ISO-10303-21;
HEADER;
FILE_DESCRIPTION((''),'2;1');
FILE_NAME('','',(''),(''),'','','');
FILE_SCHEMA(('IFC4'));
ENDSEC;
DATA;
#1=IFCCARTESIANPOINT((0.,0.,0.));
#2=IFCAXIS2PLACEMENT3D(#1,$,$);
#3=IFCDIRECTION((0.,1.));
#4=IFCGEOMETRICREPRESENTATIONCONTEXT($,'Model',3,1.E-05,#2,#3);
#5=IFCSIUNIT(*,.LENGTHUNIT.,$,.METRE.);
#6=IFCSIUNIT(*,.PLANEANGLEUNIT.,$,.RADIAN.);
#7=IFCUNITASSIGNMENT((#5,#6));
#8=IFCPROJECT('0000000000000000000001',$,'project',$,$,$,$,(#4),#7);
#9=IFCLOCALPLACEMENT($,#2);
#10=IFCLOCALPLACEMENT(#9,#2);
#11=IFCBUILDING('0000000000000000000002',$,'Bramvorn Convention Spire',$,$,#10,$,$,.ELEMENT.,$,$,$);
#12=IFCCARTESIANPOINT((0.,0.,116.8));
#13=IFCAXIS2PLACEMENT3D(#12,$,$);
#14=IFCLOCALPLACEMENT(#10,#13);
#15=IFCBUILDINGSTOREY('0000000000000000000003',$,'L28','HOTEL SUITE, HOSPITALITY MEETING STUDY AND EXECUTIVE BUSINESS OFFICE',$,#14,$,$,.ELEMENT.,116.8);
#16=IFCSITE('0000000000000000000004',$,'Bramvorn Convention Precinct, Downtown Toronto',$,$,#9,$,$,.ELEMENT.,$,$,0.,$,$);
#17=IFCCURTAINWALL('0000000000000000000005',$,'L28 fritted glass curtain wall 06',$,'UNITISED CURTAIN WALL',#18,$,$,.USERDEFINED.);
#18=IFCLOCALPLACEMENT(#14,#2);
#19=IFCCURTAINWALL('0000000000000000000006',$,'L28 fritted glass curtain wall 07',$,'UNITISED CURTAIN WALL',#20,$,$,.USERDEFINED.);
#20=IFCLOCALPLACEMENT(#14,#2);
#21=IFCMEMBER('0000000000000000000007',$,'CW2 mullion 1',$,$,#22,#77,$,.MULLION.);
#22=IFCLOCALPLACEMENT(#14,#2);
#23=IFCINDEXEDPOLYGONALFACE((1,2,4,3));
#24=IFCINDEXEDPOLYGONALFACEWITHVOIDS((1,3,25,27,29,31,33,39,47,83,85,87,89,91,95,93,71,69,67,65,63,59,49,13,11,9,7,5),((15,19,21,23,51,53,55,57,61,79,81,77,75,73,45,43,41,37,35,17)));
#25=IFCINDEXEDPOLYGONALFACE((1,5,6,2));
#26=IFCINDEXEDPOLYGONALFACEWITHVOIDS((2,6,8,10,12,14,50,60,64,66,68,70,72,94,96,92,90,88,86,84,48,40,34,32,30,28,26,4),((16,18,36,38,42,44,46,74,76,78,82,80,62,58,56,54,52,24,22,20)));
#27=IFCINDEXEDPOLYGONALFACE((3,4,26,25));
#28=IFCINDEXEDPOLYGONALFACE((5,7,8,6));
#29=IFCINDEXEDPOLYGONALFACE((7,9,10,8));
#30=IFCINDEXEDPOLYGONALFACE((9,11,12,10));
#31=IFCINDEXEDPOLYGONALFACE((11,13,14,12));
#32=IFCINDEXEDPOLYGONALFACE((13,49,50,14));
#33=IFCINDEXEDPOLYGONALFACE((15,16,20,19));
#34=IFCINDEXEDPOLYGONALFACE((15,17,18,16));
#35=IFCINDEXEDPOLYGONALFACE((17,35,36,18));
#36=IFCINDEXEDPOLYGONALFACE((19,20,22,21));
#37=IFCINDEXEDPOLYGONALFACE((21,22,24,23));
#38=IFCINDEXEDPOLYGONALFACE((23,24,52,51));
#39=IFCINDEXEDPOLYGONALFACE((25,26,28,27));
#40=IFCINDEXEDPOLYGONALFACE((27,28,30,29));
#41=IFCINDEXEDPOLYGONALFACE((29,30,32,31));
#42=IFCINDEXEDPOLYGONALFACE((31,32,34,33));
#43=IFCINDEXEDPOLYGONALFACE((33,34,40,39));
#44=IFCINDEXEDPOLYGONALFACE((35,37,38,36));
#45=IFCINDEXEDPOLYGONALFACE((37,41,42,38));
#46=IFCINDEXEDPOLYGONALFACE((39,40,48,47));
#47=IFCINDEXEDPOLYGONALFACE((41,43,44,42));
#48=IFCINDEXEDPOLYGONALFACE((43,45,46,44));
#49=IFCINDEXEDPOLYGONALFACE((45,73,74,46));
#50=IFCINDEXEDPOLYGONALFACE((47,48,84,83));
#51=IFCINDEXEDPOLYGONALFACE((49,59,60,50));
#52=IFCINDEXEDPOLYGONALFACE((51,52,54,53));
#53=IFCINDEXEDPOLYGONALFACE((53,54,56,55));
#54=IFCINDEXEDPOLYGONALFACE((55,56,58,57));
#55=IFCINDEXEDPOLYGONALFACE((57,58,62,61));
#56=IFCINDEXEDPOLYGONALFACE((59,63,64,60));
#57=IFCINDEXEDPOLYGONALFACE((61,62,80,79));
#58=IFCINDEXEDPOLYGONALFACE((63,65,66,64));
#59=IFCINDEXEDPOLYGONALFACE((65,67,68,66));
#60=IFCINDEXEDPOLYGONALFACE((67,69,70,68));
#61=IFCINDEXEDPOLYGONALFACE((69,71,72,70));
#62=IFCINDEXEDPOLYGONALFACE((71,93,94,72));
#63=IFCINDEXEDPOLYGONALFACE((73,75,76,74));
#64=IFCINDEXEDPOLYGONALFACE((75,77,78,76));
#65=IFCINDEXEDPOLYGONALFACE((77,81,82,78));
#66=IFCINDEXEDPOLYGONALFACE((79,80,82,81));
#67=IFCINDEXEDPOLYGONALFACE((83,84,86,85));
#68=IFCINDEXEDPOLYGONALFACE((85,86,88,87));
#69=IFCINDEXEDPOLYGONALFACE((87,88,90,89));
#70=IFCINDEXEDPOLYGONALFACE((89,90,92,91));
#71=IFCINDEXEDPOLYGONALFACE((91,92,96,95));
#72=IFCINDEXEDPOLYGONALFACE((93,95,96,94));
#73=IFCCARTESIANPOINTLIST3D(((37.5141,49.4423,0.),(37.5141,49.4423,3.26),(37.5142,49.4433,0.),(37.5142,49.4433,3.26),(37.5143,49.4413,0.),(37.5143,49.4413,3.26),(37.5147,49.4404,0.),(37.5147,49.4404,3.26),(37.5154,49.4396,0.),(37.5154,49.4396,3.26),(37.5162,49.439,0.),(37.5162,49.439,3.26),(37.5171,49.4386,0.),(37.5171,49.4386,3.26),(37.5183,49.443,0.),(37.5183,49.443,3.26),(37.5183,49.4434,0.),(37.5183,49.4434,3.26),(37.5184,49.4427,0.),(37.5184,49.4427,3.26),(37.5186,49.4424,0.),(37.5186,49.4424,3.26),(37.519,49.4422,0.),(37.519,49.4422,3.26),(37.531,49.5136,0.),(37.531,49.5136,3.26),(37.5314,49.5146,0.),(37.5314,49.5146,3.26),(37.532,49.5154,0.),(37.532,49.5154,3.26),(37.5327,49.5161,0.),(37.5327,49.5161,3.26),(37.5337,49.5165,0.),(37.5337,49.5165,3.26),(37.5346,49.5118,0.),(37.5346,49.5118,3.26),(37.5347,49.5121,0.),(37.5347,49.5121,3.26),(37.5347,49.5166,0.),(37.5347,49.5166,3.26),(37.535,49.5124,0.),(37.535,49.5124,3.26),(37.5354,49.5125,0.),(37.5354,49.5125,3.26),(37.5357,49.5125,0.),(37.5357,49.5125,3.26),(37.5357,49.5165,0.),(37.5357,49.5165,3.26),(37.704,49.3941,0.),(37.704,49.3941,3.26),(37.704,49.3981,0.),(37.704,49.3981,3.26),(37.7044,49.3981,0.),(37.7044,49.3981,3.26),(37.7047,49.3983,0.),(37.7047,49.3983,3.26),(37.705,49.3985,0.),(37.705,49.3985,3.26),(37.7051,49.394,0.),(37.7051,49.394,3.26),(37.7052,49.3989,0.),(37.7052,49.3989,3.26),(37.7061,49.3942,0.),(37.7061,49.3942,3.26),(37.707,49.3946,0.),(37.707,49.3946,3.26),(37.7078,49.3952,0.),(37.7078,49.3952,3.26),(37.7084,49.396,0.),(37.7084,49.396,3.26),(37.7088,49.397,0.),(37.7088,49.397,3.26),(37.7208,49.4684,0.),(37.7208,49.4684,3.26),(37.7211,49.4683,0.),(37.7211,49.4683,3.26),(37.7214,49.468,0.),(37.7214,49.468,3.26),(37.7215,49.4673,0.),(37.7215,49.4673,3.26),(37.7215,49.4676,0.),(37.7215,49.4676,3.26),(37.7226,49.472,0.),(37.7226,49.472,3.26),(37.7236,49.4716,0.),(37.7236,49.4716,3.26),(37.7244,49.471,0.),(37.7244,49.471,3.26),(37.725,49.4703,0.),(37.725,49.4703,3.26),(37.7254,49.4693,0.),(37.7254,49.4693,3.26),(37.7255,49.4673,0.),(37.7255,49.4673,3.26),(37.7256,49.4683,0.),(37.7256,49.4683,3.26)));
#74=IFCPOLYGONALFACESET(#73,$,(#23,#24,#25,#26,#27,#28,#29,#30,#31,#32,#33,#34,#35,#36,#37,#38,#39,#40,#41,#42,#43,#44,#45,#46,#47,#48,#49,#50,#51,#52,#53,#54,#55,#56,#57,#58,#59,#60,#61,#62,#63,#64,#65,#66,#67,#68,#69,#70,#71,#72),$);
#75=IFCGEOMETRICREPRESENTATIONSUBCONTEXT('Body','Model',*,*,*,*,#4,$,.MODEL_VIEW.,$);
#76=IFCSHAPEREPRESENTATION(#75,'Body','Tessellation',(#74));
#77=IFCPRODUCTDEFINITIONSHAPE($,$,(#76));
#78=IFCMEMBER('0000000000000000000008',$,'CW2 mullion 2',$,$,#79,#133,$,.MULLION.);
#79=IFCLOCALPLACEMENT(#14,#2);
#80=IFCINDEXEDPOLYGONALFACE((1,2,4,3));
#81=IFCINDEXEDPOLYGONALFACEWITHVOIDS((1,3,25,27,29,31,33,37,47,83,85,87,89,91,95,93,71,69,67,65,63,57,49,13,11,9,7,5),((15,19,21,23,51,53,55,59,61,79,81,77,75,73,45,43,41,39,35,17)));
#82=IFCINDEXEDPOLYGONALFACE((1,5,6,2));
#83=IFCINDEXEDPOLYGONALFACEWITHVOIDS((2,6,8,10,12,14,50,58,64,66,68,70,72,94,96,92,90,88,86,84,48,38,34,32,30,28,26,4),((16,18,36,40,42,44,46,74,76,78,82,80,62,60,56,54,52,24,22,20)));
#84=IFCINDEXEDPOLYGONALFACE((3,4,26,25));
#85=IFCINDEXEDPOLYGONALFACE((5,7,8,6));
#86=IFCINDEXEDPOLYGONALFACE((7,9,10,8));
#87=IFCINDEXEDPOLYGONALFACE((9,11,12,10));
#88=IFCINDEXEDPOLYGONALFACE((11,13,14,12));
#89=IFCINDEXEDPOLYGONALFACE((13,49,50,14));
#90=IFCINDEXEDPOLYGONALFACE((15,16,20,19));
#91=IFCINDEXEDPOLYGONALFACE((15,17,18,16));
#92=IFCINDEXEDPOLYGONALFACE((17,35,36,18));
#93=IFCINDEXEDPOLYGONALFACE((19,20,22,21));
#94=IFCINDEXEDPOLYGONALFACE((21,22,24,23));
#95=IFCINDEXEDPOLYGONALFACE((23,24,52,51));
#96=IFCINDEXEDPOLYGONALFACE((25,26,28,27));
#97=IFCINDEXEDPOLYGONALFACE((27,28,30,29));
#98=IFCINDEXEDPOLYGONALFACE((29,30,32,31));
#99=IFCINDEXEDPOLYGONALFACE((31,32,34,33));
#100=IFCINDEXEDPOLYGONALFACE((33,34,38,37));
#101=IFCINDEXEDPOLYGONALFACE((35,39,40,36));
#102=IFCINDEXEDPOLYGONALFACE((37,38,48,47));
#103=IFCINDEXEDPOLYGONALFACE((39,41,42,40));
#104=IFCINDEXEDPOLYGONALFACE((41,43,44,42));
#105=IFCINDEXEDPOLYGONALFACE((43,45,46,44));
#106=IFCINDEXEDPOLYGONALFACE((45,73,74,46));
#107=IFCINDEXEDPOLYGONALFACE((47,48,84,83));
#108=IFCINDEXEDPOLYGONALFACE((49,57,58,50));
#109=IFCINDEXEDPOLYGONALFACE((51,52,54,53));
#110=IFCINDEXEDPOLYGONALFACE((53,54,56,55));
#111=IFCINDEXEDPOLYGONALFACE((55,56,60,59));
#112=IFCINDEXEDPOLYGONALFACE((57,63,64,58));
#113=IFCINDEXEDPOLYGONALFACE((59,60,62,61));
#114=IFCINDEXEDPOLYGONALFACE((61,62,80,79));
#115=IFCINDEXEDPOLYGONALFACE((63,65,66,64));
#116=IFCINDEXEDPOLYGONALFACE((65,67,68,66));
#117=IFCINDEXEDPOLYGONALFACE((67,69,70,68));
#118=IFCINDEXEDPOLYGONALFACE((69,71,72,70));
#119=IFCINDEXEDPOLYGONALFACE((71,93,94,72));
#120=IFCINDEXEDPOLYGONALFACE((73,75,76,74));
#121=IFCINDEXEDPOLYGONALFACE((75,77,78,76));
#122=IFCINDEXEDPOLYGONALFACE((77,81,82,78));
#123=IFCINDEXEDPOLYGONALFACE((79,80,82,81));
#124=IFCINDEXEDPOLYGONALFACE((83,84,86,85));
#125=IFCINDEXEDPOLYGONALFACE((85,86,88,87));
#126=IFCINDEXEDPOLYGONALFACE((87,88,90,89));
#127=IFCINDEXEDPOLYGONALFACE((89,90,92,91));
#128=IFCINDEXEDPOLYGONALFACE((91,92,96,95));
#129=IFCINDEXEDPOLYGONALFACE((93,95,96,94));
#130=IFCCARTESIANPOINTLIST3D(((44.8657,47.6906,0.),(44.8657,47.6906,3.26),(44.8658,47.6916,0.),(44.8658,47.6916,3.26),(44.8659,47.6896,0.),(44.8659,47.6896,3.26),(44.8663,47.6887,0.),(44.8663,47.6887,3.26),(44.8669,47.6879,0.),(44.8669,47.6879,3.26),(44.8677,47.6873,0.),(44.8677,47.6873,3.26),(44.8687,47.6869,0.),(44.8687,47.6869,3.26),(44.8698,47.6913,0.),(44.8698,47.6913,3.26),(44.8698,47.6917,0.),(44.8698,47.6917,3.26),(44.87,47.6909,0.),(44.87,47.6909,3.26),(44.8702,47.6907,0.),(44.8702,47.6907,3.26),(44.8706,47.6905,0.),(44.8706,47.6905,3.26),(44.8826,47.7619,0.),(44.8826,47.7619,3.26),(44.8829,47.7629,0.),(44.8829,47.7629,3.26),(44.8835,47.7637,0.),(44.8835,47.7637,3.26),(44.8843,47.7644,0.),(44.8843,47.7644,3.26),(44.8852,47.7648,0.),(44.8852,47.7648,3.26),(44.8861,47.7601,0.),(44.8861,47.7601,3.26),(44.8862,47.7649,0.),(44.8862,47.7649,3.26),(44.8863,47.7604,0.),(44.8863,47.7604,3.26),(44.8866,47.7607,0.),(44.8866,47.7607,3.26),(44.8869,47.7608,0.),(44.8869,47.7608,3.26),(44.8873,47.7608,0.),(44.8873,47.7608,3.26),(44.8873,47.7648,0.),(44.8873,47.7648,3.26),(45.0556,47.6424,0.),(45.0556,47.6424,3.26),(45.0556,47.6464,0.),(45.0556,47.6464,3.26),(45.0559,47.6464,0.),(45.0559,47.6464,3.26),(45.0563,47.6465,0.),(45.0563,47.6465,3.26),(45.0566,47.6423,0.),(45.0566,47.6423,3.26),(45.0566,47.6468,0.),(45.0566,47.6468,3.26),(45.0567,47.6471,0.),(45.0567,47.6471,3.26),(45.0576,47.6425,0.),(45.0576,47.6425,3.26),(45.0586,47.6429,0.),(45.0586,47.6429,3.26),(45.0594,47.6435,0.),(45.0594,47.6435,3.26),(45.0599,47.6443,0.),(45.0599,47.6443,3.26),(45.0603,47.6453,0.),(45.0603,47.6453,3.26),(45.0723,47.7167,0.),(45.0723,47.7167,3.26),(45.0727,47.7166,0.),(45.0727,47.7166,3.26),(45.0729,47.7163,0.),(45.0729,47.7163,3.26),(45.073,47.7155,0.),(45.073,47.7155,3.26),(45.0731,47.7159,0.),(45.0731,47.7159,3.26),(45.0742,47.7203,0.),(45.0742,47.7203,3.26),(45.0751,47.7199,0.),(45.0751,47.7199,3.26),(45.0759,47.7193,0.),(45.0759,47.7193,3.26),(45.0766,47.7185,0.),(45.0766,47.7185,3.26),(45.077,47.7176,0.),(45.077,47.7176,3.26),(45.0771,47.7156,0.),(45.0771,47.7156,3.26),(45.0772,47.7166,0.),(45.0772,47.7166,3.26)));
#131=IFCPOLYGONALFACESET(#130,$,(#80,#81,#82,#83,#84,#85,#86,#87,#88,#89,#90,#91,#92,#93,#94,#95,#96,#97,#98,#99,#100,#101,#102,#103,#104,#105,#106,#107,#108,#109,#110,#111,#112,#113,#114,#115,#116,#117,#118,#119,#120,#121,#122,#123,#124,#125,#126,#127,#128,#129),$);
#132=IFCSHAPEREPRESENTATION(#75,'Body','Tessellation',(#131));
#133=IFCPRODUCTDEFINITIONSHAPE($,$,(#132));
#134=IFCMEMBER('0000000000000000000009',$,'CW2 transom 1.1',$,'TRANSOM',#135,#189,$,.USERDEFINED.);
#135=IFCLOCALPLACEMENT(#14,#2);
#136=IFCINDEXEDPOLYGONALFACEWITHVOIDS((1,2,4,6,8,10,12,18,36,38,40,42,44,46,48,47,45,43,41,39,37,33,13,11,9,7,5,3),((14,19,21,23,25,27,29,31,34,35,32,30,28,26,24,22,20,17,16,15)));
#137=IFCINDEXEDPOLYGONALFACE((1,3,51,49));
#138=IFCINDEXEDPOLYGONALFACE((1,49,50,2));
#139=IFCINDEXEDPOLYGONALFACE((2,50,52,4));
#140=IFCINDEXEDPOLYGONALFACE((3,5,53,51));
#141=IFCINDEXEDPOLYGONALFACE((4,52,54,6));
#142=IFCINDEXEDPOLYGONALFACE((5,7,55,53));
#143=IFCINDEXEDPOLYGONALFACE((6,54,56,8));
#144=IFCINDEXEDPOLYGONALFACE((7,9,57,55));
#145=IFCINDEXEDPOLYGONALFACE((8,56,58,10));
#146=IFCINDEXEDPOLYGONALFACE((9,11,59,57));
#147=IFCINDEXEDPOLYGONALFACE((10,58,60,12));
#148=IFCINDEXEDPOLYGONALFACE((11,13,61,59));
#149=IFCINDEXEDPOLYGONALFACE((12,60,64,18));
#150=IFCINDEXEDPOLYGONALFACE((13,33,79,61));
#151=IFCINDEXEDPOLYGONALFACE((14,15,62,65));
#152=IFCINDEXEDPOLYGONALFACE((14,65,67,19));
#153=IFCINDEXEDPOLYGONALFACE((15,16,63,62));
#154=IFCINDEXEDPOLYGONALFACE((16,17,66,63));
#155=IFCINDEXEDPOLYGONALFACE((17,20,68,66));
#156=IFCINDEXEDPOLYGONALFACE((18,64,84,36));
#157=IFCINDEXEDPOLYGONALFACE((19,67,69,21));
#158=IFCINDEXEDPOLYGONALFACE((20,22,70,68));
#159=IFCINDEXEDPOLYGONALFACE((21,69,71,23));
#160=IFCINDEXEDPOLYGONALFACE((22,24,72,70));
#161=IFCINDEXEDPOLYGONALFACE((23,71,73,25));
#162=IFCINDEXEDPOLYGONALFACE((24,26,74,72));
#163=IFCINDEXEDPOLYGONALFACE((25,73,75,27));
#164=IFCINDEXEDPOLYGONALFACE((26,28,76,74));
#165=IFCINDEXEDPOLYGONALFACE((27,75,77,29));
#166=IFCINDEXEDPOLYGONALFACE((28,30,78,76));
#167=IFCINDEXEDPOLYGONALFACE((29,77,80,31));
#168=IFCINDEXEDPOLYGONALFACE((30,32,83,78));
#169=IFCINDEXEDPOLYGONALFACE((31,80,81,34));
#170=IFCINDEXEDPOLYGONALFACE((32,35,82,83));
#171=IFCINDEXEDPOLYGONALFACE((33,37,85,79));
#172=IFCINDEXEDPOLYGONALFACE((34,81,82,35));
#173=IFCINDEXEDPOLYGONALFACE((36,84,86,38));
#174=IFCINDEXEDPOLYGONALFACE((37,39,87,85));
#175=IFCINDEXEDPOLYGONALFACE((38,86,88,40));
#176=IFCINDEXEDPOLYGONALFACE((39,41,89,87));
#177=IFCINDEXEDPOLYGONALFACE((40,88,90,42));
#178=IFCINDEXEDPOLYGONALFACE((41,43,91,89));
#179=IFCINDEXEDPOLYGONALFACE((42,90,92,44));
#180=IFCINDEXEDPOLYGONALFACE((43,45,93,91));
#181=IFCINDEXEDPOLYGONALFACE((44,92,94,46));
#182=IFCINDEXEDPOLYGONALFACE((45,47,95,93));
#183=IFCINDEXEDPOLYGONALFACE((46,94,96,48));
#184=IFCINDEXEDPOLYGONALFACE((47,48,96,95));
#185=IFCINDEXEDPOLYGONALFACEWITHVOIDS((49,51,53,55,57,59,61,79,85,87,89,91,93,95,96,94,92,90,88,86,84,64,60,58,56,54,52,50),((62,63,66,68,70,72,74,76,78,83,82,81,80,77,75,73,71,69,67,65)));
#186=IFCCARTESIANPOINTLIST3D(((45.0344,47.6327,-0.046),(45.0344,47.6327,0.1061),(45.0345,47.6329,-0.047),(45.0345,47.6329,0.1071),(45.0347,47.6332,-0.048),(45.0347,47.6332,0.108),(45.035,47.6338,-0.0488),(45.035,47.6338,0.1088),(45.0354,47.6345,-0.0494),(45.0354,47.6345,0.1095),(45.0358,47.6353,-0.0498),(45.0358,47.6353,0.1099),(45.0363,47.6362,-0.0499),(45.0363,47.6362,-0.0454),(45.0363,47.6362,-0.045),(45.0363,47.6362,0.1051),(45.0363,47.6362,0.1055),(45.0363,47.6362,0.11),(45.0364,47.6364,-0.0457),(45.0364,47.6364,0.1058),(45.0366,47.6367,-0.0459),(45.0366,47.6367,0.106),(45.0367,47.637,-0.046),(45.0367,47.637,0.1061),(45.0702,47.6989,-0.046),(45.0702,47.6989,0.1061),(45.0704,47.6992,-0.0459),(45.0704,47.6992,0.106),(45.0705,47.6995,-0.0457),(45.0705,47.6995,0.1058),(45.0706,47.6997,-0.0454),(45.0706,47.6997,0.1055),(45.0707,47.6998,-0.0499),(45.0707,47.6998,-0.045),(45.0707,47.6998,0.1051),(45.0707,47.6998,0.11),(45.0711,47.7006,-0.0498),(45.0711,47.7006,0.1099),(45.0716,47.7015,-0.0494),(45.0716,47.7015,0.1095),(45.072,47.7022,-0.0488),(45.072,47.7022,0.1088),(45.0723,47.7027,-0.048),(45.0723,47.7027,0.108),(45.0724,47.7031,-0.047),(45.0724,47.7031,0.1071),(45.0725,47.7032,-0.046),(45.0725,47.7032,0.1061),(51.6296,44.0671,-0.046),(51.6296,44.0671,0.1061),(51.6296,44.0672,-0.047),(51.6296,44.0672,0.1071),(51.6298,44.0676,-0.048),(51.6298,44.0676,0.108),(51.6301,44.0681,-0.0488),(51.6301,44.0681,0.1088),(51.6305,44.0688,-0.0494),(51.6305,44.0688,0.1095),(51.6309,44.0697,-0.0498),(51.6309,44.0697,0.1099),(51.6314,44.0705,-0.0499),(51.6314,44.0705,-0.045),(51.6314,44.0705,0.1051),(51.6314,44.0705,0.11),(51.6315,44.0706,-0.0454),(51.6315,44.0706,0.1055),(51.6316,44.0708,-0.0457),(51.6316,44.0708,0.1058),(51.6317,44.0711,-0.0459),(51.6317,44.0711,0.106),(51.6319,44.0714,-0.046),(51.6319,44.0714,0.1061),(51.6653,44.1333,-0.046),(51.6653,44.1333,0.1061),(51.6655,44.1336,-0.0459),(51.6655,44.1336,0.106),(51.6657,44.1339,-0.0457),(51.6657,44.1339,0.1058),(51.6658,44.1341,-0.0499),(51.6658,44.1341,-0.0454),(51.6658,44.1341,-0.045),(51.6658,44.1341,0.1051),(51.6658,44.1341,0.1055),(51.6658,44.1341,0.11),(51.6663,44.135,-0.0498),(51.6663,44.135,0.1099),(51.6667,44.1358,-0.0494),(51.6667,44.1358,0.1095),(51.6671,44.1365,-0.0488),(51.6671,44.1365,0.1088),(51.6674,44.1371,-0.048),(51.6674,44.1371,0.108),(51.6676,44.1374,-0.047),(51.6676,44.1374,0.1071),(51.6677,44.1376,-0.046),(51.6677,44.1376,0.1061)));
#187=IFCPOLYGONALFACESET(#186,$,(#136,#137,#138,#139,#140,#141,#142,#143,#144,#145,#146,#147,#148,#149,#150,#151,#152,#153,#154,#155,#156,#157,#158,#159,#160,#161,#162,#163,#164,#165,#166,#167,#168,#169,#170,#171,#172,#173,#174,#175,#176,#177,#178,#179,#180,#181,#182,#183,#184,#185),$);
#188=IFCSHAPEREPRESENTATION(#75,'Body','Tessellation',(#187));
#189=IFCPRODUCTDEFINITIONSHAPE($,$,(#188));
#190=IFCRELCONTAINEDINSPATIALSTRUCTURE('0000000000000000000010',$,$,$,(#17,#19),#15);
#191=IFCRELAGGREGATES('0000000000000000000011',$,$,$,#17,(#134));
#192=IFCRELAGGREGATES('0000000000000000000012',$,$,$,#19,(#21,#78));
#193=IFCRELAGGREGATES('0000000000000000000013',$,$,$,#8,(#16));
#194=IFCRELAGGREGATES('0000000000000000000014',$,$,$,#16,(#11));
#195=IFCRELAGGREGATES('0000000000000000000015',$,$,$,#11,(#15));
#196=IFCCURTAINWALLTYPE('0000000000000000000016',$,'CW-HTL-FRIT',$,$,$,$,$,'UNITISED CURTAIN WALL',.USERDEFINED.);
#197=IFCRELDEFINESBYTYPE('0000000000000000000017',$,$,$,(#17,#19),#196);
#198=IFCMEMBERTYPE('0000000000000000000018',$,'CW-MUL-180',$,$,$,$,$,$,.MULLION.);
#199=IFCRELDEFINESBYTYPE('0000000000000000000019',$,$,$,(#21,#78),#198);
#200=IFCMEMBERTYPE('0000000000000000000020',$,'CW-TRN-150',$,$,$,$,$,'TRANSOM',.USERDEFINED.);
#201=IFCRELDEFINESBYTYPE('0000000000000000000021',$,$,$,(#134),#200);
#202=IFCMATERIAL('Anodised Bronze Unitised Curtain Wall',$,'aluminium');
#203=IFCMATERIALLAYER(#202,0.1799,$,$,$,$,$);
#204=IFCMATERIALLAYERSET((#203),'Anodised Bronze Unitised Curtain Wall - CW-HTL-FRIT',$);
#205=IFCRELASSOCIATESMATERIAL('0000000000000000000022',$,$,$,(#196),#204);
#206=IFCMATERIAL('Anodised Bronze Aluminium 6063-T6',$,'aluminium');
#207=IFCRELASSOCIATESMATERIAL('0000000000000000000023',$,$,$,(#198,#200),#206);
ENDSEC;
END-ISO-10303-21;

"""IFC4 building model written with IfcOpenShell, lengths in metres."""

from ifc_helpers import new_model, si_unit, direction, frame, origin, origin_2d, place, context, subcontext, project, spatial, hollow_rectangle, extrude, material, layer, layer_set, material_profile, profile_set, type_object, element, aggregate, save


model = new_model("IFC4")

# Units and contexts
model_context = context("Model", 3, precision=1e-05, world=origin(), true_north=direction((0.0, 1.0)))
body_context = subcontext(model_context, "Body", "Model", "MODEL_VIEW")
ifc_project = project(units=[si_unit("LENGTHUNIT", "METRE"), si_unit("PLANEANGLEUNIT", "RADIAN")], contexts=[model_context])

# Site, building, storey
site_placement = place(None, origin())
site = spatial("IfcSite", under=ifc_project, at=site_placement, Name="Bramvorn Convention Precinct, Downtown Toronto", CompositionType="ELEMENT", RefElevation=0.0)
building_placement = place(site_placement, origin())
building = spatial("IfcBuilding", under=site, at=building_placement, Name="Bramvorn Convention Spire", CompositionType="ELEMENT")
storey_placement = place(building_placement, frame((0.0, 0.0, 116.8)))
storey = spatial("IfcBuildingStorey", under=building, at=storey_placement, Name="L28", Description="HOTEL SUITE, HOSPITALITY MEETING STUDY AND EXECUTIVE BUSINESS OFFICE", CompositionType="ELEMENT", Elevation=116.8)

# Curtain wall
ifc_material_1 = material(Name="Anodised Bronze Unitised Curtain Wall", Category="aluminium")
ifc_layer_1 = layer(ifc_material_1, 0.1799)
ifc_layer_set_1 = layer_set([ifc_layer_1], Name="Anodised Bronze Unitised Curtain Wall - CW-HTL-FRIT")
curtain_wall_type = type_object("IfcCurtainWallType", Name="CW-HTL-FRIT", ElementType="UNITISED CURTAIN WALL", PredefinedType="USERDEFINED", material=ifc_layer_set_1)
curtain_wall_1_placement = place(storey_placement, origin())
curtain_wall_1 = element("IfcCurtainWall", 1, at=curtain_wall_1_placement, inside=storey, type_object=curtain_wall_type, Name="L28 fritted glass curtain wall 06", ObjectType="UNITISED CURTAIN WALL", PredefinedType="USERDEFINED")
ifc_material_2 = material(Name="Anodised Bronze Aluminium 6063-T6", Category="aluminium")
ifc_material_profile_1 = material_profile(ifc_material_2, hollow_rectangle(XDim=0.0801, YDim=0.2, WallThickness=0.0039, InnerFilletRadius=0.001, OuterFilletRadius=0.0039, at=origin_2d()))
ifc_profile_set_1 = profile_set([ifc_material_profile_1], Name="Anodised Bronze Aluminium 6063-T6 - CWM80X200")
member_type_1 = type_object("IfcMemberType", Name="CW-MUL-180", PredefinedType="MULLION", material=ifc_profile_set_1)

# Curtain wall, members
curtain_wall_2_placement = place(storey_placement, origin())
curtain_wall_2 = element("IfcCurtainWall", 2, at=curtain_wall_2_placement, inside=storey, type_object=curtain_wall_type, Name="L28 fritted glass curtain wall 07", ObjectType="UNITISED CURTAIN WALL", PredefinedType="USERDEFINED")
member_1_placement = place(storey_placement, frame((37.6199, 49.4553, 0.0), z_axis=(0.0, 0.0, 1.0), x_axis=(0.231784, 0.972767, 0.0)))
member_1 = element("IfcMember", 3, at=member_1_placement, type_object=member_type_1, Name="CW2 mullion 1", PredefinedType="MULLION", context=body_context, shape_type="SweptSolid", body=[
    extrude(hollow_rectangle(XDim=0.0801, YDim=0.2, WallThickness=0.0039, InnerFilletRadius=0.001, OuterFilletRadius=0.0039, at=origin_2d()), origin(), (0.0, 0.0, 1.0), 3.26),
])
member_2_placement = place(storey_placement, frame((44.9714, 47.7036, 0.0), z_axis=(0.0, 0.0, 1.0), x_axis=(0.231784, 0.972767, 0.0)))
member_2 = element("IfcMember", 4, at=member_2_placement, type_object=member_type_1, Name="CW2 mullion 2", PredefinedType="MULLION", context=body_context, shape_type="SweptSolid", body=[
    extrude(hollow_rectangle(XDim=0.0801, YDim=0.2, WallThickness=0.0039, InnerFilletRadius=0.001, OuterFilletRadius=0.0039, at=origin_2d()), origin(), (0.0, 0.0, 1.0), 3.26),
])

# Member
ifc_material_profile_2 = material_profile(ifc_material_2, hollow_rectangle(XDim=0.0801, YDim=0.1599, WallThickness=0.0039, InnerFilletRadius=0.001, OuterFilletRadius=0.0039, at=origin_2d()))
ifc_profile_set_2 = profile_set([ifc_material_profile_2], Name="Anodised Bronze Aluminium 6063-T6 - CWT80X160")
member_type_2 = type_object("IfcMemberType", Name="CW-TRN-150", ElementType="TRANSOM", PredefinedType="USERDEFINED", material=ifc_profile_set_2)
member_3_placement = place(storey_placement, frame((45.0535, 47.668, 0.03), z_axis=(0.879668, -0.475589, 0.0), x_axis=(0.475589, 0.879668, 0.0)))
member_3 = element("IfcMember", 5, at=member_3_placement, type_object=member_type_2, Name="CW2 transom 1.1", ObjectType="TRANSOM", PredefinedType="USERDEFINED", context=body_context, shape_type="SweptSolid", body=[
    extrude(hollow_rectangle(XDim=0.0801, YDim=0.1599, WallThickness=0.0039, InnerFilletRadius=0.001, OuterFilletRadius=0.0039, at=origin_2d()), origin(), (0.0, 0.0, 1.0), 7.4973),
])
aggregate(curtain_wall_1, [member_3])

aggregate(curtain_wall_2, [member_1, member_2])

save(model, "model.ifc")
